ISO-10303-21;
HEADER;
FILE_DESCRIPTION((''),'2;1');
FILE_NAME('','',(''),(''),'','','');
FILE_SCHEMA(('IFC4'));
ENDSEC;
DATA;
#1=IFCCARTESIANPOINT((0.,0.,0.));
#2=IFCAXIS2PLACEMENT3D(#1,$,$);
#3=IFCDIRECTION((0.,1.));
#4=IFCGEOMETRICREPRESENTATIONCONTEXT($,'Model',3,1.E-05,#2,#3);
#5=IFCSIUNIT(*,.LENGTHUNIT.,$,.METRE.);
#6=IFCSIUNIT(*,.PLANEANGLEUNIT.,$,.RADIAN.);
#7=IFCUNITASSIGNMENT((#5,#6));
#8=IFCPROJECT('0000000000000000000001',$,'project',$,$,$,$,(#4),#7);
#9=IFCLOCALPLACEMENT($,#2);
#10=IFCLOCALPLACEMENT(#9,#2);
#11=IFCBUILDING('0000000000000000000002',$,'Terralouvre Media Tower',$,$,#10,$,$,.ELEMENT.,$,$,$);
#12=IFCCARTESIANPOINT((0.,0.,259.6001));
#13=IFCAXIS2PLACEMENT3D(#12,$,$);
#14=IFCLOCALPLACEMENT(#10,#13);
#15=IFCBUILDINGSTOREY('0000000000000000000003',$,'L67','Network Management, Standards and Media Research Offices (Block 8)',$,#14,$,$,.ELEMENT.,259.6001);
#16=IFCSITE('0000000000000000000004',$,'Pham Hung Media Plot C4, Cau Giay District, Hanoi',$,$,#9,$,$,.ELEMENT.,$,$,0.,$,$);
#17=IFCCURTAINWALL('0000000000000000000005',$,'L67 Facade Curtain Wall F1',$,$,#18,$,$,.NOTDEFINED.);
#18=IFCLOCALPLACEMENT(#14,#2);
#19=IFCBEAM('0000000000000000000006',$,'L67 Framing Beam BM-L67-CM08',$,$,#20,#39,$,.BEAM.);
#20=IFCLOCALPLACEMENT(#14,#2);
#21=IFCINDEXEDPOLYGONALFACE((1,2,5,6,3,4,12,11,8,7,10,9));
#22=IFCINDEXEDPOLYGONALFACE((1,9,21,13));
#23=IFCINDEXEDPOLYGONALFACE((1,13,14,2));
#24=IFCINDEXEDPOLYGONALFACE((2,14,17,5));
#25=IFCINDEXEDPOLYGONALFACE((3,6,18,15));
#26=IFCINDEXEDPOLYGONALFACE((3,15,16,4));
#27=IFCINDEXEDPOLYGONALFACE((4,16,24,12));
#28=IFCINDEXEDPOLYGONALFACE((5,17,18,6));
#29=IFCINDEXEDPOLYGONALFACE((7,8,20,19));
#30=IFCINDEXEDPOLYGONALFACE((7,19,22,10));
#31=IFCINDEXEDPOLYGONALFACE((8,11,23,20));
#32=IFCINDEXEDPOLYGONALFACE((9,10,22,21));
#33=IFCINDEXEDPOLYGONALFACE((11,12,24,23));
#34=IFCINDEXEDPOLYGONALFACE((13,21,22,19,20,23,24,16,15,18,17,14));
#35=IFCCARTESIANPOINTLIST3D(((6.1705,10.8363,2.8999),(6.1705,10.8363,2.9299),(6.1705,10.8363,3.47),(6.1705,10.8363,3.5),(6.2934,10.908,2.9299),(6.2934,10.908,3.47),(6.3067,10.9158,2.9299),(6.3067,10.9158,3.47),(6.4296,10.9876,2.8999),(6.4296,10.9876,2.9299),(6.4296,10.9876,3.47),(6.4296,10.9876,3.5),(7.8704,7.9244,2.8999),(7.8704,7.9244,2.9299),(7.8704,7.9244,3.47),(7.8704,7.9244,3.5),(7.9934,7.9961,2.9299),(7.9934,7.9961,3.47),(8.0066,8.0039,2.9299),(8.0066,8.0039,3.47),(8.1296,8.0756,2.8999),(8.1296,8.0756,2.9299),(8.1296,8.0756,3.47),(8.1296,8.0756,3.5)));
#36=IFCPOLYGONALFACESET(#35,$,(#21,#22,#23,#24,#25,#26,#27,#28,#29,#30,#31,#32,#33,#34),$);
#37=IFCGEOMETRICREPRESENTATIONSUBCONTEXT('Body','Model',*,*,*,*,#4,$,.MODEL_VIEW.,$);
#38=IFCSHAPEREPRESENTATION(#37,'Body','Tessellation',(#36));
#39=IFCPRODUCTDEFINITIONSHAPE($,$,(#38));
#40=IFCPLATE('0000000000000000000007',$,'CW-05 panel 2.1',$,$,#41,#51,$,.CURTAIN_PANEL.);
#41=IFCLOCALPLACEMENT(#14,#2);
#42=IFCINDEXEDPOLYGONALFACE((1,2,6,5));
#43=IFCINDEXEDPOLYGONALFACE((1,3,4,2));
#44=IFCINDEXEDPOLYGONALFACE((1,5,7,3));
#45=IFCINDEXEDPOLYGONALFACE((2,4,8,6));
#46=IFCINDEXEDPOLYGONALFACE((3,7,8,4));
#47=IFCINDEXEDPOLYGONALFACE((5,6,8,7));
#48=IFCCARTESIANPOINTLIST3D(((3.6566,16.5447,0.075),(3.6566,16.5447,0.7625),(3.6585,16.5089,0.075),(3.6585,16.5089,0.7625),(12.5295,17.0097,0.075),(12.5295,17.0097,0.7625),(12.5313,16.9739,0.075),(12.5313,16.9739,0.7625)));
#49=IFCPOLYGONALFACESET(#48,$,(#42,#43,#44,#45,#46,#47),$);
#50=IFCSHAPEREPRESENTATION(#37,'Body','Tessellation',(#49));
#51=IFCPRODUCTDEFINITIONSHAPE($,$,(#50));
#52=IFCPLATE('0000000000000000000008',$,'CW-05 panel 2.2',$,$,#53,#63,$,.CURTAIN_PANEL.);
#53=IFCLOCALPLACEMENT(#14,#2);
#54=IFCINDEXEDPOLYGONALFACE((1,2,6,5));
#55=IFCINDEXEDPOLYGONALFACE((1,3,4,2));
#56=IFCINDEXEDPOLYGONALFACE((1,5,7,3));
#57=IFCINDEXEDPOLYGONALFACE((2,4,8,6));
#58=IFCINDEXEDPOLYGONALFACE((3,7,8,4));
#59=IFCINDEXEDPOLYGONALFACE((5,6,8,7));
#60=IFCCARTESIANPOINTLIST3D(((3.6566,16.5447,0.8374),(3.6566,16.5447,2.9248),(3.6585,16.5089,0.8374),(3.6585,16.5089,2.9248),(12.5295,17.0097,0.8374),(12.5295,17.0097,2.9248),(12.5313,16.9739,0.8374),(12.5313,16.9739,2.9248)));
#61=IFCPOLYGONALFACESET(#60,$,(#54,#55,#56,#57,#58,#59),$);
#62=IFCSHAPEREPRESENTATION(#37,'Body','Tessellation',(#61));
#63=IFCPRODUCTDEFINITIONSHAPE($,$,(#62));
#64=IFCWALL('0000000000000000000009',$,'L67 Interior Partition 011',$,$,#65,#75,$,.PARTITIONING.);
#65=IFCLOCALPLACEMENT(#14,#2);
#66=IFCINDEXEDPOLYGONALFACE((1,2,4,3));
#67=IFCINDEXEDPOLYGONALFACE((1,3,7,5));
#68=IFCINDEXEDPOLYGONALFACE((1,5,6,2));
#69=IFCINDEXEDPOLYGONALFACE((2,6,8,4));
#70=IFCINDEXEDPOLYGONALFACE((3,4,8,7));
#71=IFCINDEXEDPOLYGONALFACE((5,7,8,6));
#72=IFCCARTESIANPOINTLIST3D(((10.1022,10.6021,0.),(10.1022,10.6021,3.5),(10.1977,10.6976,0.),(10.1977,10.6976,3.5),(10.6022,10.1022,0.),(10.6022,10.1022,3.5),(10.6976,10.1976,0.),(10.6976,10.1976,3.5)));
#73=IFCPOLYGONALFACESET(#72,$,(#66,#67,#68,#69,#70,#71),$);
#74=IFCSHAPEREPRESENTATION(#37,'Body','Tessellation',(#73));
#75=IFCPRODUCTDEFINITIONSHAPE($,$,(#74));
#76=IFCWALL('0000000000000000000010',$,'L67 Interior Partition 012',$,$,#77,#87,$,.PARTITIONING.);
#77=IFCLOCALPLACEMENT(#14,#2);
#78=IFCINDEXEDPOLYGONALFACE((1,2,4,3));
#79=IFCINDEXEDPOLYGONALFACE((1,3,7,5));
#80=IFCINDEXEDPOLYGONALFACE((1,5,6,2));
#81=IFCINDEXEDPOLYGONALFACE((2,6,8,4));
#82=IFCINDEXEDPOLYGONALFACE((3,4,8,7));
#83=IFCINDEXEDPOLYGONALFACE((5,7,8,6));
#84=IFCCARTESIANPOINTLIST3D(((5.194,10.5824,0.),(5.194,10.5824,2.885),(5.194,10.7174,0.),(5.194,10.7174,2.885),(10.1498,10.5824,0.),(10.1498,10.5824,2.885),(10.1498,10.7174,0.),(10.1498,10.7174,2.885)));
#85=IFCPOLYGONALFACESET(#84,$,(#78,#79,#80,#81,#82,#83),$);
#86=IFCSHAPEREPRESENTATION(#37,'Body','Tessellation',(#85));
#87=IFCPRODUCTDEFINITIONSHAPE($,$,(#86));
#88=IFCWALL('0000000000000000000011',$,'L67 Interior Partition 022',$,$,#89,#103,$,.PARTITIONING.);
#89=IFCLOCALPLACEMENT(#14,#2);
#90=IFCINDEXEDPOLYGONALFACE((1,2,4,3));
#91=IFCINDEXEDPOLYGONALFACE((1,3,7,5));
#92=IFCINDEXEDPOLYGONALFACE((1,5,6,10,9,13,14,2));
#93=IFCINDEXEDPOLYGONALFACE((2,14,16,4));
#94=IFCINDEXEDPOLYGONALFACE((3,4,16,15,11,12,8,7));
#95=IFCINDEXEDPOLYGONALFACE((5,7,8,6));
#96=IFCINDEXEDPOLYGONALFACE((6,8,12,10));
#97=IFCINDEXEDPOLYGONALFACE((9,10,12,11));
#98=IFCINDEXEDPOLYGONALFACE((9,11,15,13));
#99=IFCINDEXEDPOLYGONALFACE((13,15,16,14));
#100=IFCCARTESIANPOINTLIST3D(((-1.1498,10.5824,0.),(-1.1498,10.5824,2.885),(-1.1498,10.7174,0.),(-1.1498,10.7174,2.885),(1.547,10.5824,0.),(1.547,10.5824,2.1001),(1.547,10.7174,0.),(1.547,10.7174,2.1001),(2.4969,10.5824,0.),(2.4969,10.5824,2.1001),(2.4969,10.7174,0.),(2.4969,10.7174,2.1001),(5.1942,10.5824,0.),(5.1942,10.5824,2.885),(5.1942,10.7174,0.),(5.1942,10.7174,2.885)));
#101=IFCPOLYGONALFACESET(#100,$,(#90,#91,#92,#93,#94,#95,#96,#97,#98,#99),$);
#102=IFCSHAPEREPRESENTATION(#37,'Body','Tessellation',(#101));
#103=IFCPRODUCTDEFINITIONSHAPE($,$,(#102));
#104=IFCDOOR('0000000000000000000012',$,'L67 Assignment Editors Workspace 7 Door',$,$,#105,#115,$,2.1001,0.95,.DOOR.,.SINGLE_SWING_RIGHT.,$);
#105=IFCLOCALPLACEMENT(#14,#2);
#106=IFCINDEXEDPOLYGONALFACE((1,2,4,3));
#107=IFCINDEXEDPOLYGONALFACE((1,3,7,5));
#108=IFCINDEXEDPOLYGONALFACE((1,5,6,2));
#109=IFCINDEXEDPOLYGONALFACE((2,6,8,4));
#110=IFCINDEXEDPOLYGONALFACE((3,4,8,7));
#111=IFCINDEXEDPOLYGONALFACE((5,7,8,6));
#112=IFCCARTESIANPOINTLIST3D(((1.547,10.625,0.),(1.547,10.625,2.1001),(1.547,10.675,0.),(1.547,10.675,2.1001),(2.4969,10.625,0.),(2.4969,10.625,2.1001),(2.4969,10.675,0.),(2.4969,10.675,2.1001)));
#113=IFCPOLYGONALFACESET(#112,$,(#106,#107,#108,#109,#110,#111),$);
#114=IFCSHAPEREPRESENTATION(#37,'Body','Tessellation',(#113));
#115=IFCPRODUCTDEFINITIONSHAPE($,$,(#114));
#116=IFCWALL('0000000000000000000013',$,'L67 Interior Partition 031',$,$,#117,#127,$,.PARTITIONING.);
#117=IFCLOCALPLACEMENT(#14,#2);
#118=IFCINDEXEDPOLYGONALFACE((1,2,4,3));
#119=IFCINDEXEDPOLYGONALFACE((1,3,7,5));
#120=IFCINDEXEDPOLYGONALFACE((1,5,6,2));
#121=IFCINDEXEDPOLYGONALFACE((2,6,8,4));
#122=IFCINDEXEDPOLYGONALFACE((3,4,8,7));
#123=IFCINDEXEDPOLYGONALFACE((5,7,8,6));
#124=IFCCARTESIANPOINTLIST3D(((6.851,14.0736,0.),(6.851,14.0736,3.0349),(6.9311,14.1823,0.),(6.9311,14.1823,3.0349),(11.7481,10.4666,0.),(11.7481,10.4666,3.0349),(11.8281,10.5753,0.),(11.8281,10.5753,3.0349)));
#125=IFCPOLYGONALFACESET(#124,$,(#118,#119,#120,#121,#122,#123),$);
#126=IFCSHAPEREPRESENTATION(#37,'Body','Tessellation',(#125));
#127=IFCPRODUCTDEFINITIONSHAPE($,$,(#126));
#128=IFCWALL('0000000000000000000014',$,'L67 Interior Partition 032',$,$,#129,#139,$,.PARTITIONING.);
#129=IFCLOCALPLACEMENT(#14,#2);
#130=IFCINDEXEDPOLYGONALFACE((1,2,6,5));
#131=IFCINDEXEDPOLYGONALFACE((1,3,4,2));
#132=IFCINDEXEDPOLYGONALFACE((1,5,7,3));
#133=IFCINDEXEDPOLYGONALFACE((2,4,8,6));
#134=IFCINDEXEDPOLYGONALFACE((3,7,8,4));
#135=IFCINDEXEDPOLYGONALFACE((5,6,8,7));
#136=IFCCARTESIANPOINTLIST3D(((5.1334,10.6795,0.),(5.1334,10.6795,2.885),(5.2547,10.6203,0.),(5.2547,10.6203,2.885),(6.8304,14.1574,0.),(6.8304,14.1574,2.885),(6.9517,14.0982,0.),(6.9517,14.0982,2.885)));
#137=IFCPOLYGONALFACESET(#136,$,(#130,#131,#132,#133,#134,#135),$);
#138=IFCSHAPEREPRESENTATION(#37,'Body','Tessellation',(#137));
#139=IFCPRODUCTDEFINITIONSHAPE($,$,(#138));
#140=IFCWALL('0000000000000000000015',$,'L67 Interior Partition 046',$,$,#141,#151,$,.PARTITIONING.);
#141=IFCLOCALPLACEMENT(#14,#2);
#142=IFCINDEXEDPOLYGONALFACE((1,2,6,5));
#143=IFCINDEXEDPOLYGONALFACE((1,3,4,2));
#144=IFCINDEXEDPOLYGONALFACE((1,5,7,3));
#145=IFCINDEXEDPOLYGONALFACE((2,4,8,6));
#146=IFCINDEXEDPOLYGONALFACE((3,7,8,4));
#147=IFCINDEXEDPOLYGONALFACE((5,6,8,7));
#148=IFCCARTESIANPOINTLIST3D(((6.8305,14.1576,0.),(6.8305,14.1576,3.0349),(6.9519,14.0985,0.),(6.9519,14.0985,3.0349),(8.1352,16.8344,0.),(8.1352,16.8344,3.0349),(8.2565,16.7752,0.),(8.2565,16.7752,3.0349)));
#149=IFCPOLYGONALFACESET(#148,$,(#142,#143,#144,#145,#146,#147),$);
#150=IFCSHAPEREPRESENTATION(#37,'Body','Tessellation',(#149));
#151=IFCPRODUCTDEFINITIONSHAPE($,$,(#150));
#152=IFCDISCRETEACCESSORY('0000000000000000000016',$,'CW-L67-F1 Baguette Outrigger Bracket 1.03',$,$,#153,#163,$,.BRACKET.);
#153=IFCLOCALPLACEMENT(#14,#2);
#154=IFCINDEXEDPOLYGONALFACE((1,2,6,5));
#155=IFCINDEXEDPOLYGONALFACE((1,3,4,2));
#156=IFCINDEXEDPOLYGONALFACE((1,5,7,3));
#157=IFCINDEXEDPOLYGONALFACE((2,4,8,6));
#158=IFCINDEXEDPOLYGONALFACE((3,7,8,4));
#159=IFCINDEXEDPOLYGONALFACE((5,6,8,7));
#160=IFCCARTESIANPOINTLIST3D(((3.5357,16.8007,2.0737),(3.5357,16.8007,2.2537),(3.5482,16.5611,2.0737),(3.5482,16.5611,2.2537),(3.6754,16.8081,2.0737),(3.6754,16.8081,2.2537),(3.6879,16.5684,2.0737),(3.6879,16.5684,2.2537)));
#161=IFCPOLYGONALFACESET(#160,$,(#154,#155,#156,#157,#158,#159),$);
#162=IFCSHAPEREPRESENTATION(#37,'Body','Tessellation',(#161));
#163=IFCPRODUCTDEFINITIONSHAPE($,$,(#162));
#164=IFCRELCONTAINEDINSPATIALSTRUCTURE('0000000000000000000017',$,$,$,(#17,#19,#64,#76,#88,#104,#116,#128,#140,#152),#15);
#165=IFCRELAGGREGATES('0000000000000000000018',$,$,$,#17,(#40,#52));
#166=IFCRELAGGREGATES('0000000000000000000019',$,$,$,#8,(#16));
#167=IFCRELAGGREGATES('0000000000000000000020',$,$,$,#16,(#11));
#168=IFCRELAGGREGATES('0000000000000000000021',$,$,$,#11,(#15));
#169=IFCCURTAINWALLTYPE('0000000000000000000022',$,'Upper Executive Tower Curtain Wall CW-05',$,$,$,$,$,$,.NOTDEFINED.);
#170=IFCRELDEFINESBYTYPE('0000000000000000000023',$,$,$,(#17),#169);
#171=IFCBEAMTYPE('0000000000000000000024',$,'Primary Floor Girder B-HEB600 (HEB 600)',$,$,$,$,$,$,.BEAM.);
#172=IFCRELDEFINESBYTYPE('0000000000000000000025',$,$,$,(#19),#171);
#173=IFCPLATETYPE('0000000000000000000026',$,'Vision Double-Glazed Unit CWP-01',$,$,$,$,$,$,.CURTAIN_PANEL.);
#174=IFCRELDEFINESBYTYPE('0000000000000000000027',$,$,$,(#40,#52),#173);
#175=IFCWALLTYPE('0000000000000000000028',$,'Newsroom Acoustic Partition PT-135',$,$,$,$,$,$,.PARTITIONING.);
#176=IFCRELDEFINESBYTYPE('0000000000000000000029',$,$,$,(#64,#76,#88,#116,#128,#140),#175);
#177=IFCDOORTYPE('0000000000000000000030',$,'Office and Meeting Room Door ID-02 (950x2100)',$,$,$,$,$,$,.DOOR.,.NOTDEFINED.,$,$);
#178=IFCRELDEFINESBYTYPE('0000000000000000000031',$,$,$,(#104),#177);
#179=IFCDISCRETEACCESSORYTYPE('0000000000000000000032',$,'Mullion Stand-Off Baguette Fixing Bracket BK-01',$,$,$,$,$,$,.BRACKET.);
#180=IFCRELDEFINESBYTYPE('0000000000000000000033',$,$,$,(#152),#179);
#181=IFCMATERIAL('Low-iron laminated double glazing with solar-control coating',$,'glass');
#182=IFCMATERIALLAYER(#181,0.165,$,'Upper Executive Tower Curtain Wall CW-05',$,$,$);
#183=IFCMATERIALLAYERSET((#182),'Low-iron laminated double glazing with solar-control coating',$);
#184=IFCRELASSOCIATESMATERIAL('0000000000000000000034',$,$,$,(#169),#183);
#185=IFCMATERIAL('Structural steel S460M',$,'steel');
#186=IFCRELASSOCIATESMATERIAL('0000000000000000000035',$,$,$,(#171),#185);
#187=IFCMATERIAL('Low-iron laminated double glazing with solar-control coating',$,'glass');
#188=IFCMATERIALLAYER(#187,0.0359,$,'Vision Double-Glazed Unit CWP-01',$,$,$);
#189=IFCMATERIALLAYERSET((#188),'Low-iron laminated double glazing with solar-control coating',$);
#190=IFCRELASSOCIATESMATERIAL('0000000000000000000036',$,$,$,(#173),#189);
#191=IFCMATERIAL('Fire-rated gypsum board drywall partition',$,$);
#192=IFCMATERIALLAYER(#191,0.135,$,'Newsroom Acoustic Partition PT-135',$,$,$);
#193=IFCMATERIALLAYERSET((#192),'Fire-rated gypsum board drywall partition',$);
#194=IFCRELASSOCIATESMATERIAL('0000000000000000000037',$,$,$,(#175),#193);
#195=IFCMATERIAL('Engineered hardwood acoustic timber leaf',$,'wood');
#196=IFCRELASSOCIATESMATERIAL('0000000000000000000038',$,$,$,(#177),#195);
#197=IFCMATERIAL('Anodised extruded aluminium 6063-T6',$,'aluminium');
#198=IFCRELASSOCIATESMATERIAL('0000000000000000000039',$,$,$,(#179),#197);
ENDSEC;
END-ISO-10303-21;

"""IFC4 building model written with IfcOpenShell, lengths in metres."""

from ifc_helpers import new_model, si_unit, direction, frame, frame_2d, origin, origin_2d, place, context, subcontext, project, spatial, rectangle, i_section, extrude, material, layer, layer_set, material_profile, profile_set, type_object, element, fill, aggregate, save


model = new_model("IFC4")

# Units and contexts
model_context = context("Model", 3, precision=1e-05, world=origin(), true_north=direction((0.0, 1.0)))
body_context = subcontext(model_context, "Body", "Model", "MODEL_VIEW")
ifc_project = project(units=[si_unit("LENGTHUNIT", "METRE"), si_unit("PLANEANGLEUNIT", "RADIAN")], contexts=[model_context])

# Site, building, storey
site_placement = place(None, origin())
site = spatial("IfcSite", under=ifc_project, at=site_placement, Name="Pham Hung Media Plot C4, Cau Giay District, Hanoi", CompositionType="ELEMENT", RefElevation=0.0)
building_placement = place(site_placement, origin())
building = spatial("IfcBuilding", under=site, at=building_placement, Name="Terralouvre Media Tower", CompositionType="ELEMENT")
storey_placement = place(building_placement, frame((0.0, 0.0, 259.6001)))
storey = spatial("IfcBuildingStorey", under=building, at=storey_placement, Name="L67", Description="Network Management, Standards and Media Research Offices (Block 8)", CompositionType="ELEMENT", Elevation=259.6001)

# Curtain wall
ifc_material_1 = material(Name="Low-iron laminated double glazing with solar-control coating", Category="glass")
ifc_layer_1 = layer(ifc_material_1, 0.165, Name="Upper Executive Tower Curtain Wall CW-05")
ifc_layer_set_1 = layer_set([ifc_layer_1], Name="Low-iron laminated double glazing with solar-control coating")
curtain_wall_type = type_object("IfcCurtainWallType", Name="Upper Executive Tower Curtain Wall CW-05", PredefinedType="NOTDEFINED", material=ifc_layer_set_1)
curtain_wall_placement = place(storey_placement, origin())
curtain_wall = element("IfcCurtainWall", 1, at=curtain_wall_placement, inside=storey, type_object=curtain_wall_type, Name="L67 Facade Curtain Wall F1", PredefinedType="NOTDEFINED")

# Beam
ifc_material_2 = material(Name="Structural steel S460M", Category="steel")
ifc_material_profile_1 = material_profile(ifc_material_2, i_section(OverallWidth=0.3, OverallDepth=0.6001, WebThickness=0.0154, FlangeThickness=0.03, at=origin_2d()), Name="HEB 600")
ifc_profile_set_1 = profile_set([ifc_material_profile_1], Name="Structural steel S460M")
beam_type_1 = type_object("IfcBeamType", Name="Primary Floor Girder B-HEB600 (HEB 600)", PredefinedType="BEAM", material=ifc_profile_set_1)
beam_1_placement = place(storey_placement, frame((8.0, 8.0, 3.2), z_axis=(-0.504173, 0.863603, 0.0), x_axis=(-0.863603, -0.504173, 0.0)))
element("IfcBeam", 2, at=beam_1_placement, inside=storey, type_object=beam_type_1, Name="L67 Framing Beam BM-L67-CM08", PredefinedType="BEAM", context=body_context, shape_type="SweptSolid", body=[
    extrude(i_section(OverallWidth=0.3, OverallDepth=0.6001, WebThickness=0.0154, FlangeThickness=0.03, at=origin_2d()), origin(), (0.0, 0.0, 1.0), 3.3718),
])

# Plates
ifc_material_3 = material(Name="Low-iron laminated double glazing with solar-control coating", Category="glass")
ifc_layer_2 = layer(ifc_material_3, 0.0359, Name="Vision Double-Glazed Unit CWP-01")
ifc_layer_set_2 = layer_set([ifc_layer_2], Name="Low-iron laminated double glazing with solar-control coating")
plate_type = type_object("IfcPlateType", Name="Vision Double-Glazed Unit CWP-01", PredefinedType="CURTAIN_PANEL", material=ifc_layer_set_2)
plate_1_placement = place(storey_placement, frame((8.094, 16.7593, 0.075), z_axis=(0.0, 0.0, 1.0), x_axis=(-0.99863, -0.052336, 0.0)))
plate_1 = element("IfcPlate", 3, at=plate_1_placement, type_object=plate_type, Name="CW-05 panel 2.1", PredefinedType="CURTAIN_PANEL", context=body_context, shape_type="SweptSolid", body=[
    extrude(rectangle(XDim=8.885, YDim=0.0359, at=origin_2d()), origin(), (0.0, 0.0, 1.0), 0.6875),
])
plate_2_placement = place(storey_placement, frame((8.094, 16.7593, 0.8374), z_axis=(0.0, 0.0, 1.0), x_axis=(-0.99863, -0.052336, 0.0)))
plate_2 = element("IfcPlate", 4, at=plate_2_placement, type_object=plate_type, Name="CW-05 panel 2.2", PredefinedType="CURTAIN_PANEL", context=body_context, shape_type="SweptSolid", body=[
    extrude(rectangle(XDim=8.885, YDim=0.0359, at=origin_2d()), origin(), (0.0, 0.0, 1.0), 2.0874),
])
aggregate(curtain_wall, [plate_1, plate_2])

# Walls
ifc_material_4 = material(Name="Fire-rated gypsum board drywall partition")
ifc_layer_3 = layer(ifc_material_4, 0.135, Name="Newsroom Acoustic Partition PT-135")
ifc_layer_set_3 = layer_set([ifc_layer_3], Name="Fire-rated gypsum board drywall partition")
wall_type = type_object("IfcWallType", Name="Newsroom Acoustic Partition PT-135", PredefinedType="PARTITIONING", material=ifc_layer_set_3)
wall_1_placement = place(storey_placement, frame((10.6499, 10.1499, 0.0), z_axis=(0.0, 0.0, 1.0), x_axis=(-0.707107, 0.707107, 0.0)))
element("IfcWall", 5, at=wall_1_placement, inside=storey, type_object=wall_type, Name="L67 Interior Partition 011", PredefinedType="PARTITIONING", context=body_context, shape_type="SweptSolid", body=[
    extrude(rectangle(XDim=0.707, YDim=0.135, at=frame_2d((0.3535, 0.0))), origin(), (0.0, 0.0, 1.0), 3.5),
])
wall_2_placement = place(storey_placement, frame((10.1499, 10.6499, 0.0), z_axis=(0.0, 0.0, 1.0), x_axis=(-1.0, 0.0, 0.0)))
element("IfcWall", 6, at=wall_2_placement, inside=storey, type_object=wall_type, Name="L67 Interior Partition 012", PredefinedType="PARTITIONING", context=body_context, shape_type="SweptSolid", body=[
    extrude(rectangle(XDim=4.9558, YDim=0.135, at=frame_2d((2.478, 0.0))), origin(), (0.0, 0.0, 1.0), 2.885),
])

# Wall, opening, door
wall_3_placement = place(storey_placement, frame((5.1941, 10.6499, 0.0), z_axis=(0.0, 0.0, 1.0), x_axis=(-1.0, 0.0, 0.0)))
wall_3 = element("IfcWall", 7, at=wall_3_placement, inside=storey, type_object=wall_type, Name="L67 Interior Partition 022", PredefinedType="PARTITIONING", context=body_context, shape_type="SweptSolid", body=[
    extrude(rectangle(XDim=6.344, YDim=0.135, at=frame_2d((3.1719, 0.0))), origin(), (0.0, 0.0, 1.0), 2.885),
])
opening_placement = place(wall_3_placement, frame((2.697, 0.0, 0.0)))
opening = element("IfcOpeningElement", 8, at=opening_placement, cuts=wall_3, PredefinedType="OPENING", context=body_context, shape_type="SweptSolid", body=[
    extrude(rectangle(XDim=0.95, YDim=2.1001, at=frame_2d((0.4751, 1.05))), frame((0.0, 0.0774, 0.0), z_axis=(0.0, -1.0, 0.0), x_axis=(1.0, 0.0, 0.0)), (0.0, 0.0, 1.0), 0.155),
])
ifc_material_5 = material(Name="Engineered hardwood acoustic timber leaf", Category="wood")
door_type = type_object("IfcDoorType", Name="Office and Meeting Room Door ID-02 (950x2100)", OperationType="NOTDEFINED", PredefinedType="DOOR", material=ifc_material_5)
door_placement = place(opening_placement, origin())
door = element("IfcDoor", 9, at=door_placement, inside=storey, type_object=door_type, Name="L67 Assignment Editors Workspace 7 Door", OperationType="SINGLE_SWING_RIGHT", OverallHeight=2.1001, OverallWidth=0.95, PredefinedType="DOOR", context=body_context, shape_type="SweptSolid", body=[
    extrude(rectangle(XDim=0.95, YDim=2.1001, at=frame_2d((0.4751, 1.05))), frame((0.0, 0.0249, 0.0), z_axis=(0.0, -1.0, 0.0), x_axis=(1.0, 0.0, 0.0)), (0.0, 0.0, 1.0), 0.05),
])
fill(opening, door)

# Walls
wall_4_placement = place(storey_placement, frame((11.7881, 10.521, 0.0), z_axis=(0.0, 0.0, 1.0), x_axis=(-0.805163, 0.593054, 0.0)))
element("IfcWall", 10, at=wall_4_placement, inside=storey, type_object=wall_type, Name="L67 Interior Partition 031", PredefinedType="PARTITIONING", context=body_context, shape_type="SweptSolid", body=[
    extrude(rectangle(XDim=6.082, YDim=0.135, at=frame_2d((3.041, 0.0))), origin(), (0.0, 0.0, 1.0), 3.0349),
])
wall_5_placement = place(storey_placement, frame((6.8911, 14.1279, 0.0), z_axis=(0.0, 0.0, 1.0), x_axis=(-0.438512, -0.898725, 0.0)))
element("IfcWall", 11, at=wall_5_placement, inside=storey, type_object=wall_type, Name="L67 Interior Partition 032", PredefinedType="PARTITIONING", context=body_context, shape_type="SweptSolid", body=[
    extrude(rectangle(XDim=3.8699, YDim=0.135, at=frame_2d((1.9351, 0.0))), origin(), (0.0, 0.0, 1.0), 2.885),
])
wall_6_placement = place(storey_placement, frame((8.1958, 16.8047, 0.0), z_axis=(0.0, 0.0, 1.0), x_axis=(-0.438139, -0.898907, 0.0)))
element("IfcWall", 12, at=wall_6_placement, inside=storey, type_object=wall_type, Name="L67 Interior Partition 046", PredefinedType="PARTITIONING", context=body_context, shape_type="SweptSolid", body=[
    extrude(rectangle(XDim=2.9778, YDim=0.135, at=frame_2d((1.4888, 0.0))), origin(), (0.0, 0.0, 1.0), 3.0349),
])

# Discrete accessory
ifc_material_6 = material(Name="Anodised extruded aluminium 6063-T6", Category="aluminium")
discrete_accessory_type = type_object("IfcDiscreteAccessoryType", Name="Mullion Stand-Off Baguette Fixing Bracket BK-01", PredefinedType="BRACKET", material=ifc_material_6)
discrete_accessory_placement = place(storey_placement, frame((3.6118, 16.6846, 2.0737), z_axis=(0.0, 0.0, 1.0), x_axis=(-0.99863, -0.052336, 0.0)))
element("IfcDiscreteAccessory", 13, at=discrete_accessory_placement, inside=storey, type_object=discrete_accessory_type, Name="CW-L67-F1 Baguette Outrigger Bracket 1.03", PredefinedType="BRACKET", context=body_context, shape_type="SweptSolid", body=[
    extrude(rectangle(XDim=0.1399, YDim=0.24, at=origin_2d()), origin(), (0.0, 0.0, 1.0), 0.1799),
])

save(model, "model.ifc")
